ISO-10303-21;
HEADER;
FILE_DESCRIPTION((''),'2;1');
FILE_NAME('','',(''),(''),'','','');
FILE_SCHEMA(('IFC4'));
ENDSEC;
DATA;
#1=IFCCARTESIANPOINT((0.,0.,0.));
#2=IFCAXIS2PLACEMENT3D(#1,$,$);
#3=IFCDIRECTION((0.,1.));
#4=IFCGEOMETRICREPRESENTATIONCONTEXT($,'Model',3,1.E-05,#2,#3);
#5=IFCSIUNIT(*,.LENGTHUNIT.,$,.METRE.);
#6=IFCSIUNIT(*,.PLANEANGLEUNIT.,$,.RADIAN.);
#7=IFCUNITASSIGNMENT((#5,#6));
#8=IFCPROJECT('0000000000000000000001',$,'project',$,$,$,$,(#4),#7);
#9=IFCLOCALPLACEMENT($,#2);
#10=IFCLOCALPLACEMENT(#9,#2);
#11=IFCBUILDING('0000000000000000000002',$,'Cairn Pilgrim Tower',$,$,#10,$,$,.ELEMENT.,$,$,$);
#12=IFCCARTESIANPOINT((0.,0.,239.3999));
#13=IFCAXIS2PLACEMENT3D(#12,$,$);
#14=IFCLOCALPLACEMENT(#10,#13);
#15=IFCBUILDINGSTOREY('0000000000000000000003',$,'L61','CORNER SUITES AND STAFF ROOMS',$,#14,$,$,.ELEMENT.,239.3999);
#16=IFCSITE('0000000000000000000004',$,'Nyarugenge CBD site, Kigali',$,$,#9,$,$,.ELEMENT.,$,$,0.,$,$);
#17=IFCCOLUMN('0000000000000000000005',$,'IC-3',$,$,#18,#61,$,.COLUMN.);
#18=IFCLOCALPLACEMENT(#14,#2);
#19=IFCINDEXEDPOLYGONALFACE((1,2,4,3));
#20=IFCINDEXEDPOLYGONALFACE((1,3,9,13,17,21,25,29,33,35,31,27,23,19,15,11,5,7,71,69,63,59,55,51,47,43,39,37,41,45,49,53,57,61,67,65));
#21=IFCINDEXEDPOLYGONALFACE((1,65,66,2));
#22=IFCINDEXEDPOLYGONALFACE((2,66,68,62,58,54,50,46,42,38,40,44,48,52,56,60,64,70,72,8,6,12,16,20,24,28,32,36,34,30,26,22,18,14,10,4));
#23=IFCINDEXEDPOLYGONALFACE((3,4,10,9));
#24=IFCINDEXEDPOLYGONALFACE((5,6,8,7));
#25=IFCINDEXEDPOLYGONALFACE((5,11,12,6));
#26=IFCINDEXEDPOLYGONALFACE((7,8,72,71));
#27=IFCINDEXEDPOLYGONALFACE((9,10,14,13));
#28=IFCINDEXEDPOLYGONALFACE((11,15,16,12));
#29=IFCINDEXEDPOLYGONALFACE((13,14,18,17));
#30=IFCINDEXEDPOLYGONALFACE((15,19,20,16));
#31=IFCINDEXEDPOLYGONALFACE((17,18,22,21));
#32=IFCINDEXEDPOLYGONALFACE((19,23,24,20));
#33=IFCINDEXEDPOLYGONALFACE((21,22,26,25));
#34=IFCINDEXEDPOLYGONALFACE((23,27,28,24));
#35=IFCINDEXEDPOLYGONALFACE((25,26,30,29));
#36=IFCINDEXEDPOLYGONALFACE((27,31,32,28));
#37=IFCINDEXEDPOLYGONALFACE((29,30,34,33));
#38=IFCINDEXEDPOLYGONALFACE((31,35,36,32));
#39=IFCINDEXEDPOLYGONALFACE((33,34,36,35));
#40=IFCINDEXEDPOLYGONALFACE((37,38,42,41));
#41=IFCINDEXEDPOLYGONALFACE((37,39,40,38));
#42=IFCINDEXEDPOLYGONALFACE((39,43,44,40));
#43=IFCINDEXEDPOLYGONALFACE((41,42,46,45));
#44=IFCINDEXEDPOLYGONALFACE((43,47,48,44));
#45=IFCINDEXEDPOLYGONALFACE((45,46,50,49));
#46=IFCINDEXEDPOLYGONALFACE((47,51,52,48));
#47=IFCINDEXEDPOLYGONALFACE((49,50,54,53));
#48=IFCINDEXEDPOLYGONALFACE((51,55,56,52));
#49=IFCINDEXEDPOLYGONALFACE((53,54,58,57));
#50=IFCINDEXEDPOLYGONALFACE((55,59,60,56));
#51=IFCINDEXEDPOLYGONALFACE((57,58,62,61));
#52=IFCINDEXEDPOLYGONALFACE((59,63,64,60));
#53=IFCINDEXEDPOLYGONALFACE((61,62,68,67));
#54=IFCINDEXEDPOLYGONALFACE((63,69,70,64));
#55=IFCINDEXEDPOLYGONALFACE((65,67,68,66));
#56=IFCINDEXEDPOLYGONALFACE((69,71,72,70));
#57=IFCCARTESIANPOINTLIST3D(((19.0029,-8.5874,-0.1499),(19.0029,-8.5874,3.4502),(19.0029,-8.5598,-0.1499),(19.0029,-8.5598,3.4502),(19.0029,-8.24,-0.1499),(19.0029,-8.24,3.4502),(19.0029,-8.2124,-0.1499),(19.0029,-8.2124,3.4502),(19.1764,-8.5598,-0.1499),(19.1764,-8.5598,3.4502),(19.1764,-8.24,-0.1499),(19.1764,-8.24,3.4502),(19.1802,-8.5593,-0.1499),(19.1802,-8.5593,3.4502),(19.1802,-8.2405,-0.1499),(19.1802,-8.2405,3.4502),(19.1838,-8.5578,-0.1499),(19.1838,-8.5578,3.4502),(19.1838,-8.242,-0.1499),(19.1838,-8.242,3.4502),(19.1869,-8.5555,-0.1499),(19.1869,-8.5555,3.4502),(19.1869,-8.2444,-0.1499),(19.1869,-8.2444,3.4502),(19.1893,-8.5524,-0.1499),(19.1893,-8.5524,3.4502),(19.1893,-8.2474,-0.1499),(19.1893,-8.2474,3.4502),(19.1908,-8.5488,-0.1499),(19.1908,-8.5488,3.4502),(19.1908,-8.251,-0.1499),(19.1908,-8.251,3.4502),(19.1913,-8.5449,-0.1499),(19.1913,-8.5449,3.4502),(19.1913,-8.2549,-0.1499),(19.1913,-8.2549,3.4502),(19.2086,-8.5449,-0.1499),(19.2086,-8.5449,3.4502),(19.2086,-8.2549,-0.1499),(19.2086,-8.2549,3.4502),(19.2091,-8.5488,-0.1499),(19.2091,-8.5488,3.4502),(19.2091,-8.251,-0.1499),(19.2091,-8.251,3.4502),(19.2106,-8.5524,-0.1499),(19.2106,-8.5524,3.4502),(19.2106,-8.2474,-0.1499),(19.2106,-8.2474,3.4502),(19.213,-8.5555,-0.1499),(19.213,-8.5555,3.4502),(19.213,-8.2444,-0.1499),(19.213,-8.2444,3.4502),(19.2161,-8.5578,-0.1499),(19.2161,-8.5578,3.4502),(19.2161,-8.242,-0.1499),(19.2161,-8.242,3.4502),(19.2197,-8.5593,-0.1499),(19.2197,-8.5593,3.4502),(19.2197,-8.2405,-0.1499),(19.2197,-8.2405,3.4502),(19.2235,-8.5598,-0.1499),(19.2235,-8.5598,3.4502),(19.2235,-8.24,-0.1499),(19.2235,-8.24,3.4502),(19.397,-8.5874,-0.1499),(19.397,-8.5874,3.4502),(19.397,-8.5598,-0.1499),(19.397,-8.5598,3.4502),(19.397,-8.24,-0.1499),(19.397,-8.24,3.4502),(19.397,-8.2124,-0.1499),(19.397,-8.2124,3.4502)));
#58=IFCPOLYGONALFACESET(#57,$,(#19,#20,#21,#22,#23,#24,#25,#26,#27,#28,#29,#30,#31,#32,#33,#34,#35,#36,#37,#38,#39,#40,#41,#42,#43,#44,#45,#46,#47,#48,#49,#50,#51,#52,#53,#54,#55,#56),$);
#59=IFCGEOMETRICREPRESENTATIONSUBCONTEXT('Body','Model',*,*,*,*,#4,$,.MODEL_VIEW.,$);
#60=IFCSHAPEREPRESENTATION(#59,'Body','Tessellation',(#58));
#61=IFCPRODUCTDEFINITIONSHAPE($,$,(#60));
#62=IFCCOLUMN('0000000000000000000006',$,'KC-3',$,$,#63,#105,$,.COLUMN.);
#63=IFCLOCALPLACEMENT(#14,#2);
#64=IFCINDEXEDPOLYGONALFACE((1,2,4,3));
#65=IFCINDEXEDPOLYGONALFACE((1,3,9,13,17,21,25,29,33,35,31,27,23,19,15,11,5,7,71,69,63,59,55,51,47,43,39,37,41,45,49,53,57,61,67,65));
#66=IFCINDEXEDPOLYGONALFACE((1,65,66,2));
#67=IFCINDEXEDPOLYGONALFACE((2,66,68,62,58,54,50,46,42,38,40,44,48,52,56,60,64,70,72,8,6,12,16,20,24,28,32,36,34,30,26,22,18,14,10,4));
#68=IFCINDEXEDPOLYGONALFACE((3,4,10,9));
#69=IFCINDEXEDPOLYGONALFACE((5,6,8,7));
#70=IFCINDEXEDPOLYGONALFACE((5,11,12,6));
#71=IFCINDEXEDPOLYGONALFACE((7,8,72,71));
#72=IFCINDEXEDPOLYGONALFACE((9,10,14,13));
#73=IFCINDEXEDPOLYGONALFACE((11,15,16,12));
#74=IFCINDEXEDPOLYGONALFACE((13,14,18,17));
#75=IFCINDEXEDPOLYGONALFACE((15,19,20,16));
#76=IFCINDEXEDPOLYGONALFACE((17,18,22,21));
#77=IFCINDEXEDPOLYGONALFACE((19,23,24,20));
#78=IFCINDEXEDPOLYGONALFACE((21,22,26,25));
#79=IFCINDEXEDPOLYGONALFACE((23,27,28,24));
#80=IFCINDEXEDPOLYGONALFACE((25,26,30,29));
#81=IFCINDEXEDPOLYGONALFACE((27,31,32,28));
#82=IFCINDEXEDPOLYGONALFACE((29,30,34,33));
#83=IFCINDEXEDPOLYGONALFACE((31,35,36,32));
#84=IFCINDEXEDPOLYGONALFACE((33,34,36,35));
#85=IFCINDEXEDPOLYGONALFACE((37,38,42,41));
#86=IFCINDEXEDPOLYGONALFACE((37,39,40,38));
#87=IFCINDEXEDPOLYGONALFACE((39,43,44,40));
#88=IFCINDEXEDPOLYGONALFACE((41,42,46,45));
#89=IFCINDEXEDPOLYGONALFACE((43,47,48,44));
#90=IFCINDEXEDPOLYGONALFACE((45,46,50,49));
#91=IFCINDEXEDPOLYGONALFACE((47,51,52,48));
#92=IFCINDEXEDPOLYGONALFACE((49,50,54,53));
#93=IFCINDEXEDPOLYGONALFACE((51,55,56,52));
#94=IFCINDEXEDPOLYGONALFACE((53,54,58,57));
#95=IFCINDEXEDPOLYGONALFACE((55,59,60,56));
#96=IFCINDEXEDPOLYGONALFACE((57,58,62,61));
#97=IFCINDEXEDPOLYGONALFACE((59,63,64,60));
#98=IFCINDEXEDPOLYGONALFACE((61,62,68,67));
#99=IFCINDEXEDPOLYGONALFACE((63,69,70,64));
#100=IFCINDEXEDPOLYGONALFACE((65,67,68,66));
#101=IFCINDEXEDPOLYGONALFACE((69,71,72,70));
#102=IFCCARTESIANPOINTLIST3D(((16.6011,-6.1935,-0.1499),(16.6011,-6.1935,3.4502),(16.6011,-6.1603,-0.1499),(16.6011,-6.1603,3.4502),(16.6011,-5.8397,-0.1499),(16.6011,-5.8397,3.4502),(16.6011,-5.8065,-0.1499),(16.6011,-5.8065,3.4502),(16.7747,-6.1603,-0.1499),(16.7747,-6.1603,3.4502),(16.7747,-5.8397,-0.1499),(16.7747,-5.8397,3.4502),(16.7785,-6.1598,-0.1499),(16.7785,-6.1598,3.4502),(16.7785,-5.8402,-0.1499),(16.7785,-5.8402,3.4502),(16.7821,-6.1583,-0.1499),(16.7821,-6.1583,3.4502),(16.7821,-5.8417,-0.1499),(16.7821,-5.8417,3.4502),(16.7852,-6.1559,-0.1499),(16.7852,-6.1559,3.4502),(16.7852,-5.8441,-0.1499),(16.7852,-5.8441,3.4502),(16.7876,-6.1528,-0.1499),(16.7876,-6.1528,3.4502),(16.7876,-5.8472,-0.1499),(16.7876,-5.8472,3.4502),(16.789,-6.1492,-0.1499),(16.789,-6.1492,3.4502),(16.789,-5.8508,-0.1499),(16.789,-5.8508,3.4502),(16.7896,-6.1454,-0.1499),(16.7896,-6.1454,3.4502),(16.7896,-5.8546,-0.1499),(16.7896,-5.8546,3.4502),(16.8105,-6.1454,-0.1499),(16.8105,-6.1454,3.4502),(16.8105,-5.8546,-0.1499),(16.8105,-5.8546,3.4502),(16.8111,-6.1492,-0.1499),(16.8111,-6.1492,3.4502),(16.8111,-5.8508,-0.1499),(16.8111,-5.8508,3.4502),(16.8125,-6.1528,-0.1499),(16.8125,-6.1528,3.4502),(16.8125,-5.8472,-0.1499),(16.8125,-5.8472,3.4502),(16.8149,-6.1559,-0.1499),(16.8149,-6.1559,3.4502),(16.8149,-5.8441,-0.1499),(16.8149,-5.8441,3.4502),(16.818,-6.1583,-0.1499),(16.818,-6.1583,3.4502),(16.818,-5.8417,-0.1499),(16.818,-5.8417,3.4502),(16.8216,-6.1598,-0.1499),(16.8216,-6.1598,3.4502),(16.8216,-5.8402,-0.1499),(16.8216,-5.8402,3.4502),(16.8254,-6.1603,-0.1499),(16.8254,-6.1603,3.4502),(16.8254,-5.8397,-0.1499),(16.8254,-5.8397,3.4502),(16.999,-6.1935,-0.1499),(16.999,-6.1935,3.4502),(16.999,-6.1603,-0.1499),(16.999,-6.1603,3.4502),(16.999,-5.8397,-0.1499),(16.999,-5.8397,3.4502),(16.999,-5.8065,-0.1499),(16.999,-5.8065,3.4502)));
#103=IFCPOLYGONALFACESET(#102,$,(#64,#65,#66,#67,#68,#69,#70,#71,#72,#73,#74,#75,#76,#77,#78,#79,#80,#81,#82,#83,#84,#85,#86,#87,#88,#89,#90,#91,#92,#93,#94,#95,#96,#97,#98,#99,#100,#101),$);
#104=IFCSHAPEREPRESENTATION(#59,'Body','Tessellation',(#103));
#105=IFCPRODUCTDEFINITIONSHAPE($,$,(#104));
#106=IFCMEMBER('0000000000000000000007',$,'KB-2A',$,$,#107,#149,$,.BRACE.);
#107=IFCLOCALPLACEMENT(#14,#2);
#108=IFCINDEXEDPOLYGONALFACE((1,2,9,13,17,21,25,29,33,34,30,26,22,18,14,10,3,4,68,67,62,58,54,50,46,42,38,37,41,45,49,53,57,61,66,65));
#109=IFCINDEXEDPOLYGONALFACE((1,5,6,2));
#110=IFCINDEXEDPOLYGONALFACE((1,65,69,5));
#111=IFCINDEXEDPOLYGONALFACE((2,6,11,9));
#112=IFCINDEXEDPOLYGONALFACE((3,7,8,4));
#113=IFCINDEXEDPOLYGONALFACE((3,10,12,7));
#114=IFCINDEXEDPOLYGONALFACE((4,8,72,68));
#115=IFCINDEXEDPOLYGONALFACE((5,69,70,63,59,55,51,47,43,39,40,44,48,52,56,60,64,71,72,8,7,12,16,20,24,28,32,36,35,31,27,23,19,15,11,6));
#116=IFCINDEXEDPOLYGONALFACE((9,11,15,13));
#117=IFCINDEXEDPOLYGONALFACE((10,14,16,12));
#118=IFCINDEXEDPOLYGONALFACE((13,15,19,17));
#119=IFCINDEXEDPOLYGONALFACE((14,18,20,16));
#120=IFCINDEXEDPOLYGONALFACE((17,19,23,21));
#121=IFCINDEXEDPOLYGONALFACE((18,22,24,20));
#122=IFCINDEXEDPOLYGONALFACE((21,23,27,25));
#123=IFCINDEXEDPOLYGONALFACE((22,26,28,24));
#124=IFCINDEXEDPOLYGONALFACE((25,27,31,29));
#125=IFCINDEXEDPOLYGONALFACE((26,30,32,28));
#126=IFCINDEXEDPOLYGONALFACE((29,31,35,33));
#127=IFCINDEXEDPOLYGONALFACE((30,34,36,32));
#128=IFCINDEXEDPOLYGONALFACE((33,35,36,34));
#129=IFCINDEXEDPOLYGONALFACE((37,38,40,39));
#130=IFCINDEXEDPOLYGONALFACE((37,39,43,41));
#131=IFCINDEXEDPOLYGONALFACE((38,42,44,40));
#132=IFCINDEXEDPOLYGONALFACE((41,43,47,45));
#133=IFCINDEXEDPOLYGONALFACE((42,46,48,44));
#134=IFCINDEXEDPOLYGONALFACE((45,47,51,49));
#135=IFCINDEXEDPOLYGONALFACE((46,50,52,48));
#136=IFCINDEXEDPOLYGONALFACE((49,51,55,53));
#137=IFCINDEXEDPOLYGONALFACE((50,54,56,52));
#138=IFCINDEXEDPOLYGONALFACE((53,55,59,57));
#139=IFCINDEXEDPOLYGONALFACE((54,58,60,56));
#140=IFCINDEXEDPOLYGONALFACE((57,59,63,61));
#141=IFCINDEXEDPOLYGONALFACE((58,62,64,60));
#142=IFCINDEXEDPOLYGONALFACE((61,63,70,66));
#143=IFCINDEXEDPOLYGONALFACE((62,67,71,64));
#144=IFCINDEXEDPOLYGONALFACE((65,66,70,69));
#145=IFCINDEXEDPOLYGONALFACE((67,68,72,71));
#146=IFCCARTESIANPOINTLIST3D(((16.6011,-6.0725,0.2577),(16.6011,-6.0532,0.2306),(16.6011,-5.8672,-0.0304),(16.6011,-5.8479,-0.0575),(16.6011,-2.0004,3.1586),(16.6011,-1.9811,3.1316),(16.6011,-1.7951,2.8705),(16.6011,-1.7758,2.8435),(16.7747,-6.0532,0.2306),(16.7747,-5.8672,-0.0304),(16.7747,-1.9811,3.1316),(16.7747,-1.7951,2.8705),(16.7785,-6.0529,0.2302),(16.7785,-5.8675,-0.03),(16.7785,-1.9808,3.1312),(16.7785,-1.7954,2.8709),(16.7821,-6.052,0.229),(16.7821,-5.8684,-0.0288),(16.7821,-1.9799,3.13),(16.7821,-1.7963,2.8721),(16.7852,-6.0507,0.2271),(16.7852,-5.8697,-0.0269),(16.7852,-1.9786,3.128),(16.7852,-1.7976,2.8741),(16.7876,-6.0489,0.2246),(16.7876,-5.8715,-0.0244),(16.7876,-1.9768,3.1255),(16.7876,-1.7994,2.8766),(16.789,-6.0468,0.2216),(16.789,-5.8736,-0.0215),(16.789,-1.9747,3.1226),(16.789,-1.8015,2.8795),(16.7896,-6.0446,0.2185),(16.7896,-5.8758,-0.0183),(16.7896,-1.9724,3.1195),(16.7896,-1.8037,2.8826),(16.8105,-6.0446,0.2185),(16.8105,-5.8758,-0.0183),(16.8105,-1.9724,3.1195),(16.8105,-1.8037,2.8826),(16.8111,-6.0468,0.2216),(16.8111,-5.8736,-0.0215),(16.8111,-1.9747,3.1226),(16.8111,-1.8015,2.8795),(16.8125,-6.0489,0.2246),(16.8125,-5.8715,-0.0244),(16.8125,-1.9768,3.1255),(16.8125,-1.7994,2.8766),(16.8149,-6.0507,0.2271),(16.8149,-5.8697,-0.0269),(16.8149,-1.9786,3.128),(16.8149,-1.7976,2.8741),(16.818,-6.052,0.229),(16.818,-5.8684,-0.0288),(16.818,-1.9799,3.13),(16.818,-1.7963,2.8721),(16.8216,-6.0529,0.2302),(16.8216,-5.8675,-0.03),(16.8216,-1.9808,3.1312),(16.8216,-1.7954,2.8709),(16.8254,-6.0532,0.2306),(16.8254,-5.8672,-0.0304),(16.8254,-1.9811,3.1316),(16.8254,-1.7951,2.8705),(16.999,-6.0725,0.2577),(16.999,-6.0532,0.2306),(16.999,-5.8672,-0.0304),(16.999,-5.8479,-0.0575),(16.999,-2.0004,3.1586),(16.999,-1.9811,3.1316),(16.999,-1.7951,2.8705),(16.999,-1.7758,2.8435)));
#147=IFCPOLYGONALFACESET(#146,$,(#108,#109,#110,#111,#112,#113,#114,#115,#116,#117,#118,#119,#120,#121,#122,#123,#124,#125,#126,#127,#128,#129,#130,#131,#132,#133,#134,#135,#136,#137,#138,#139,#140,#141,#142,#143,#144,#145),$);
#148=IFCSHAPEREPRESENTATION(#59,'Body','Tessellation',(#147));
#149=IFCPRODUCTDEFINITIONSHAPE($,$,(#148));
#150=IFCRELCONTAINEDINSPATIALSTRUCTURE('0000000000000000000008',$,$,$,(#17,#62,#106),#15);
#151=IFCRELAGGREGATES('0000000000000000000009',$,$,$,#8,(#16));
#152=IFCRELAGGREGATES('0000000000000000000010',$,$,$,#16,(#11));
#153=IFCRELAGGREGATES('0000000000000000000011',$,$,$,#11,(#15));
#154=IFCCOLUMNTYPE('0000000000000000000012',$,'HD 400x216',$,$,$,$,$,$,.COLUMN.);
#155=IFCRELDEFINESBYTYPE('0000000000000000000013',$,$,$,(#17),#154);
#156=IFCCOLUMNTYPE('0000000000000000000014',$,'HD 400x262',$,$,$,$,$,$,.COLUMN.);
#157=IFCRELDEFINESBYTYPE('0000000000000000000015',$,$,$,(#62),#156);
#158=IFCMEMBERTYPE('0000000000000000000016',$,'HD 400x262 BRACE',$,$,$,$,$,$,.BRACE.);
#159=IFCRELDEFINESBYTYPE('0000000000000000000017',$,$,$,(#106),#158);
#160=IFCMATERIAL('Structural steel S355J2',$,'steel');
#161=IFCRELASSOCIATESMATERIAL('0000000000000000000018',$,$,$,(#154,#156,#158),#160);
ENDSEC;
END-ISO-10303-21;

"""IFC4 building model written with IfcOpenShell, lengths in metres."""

from ifc_helpers import new_model, si_unit, direction, frame, origin, origin_2d, place, context, subcontext, project, spatial, i_section, extrude, material, material_profile, profile_set, type_object, element, save


model = new_model("IFC4")

# Units and contexts
model_context = context("Model", 3, precision=1e-05, world=origin(), true_north=direction((0.0, 1.0)))
body_context = subcontext(model_context, "Body", "Model", "MODEL_VIEW")
ifc_project = project(units=[si_unit("LENGTHUNIT", "METRE"), si_unit("PLANEANGLEUNIT", "RADIAN")], contexts=[model_context])

# Site, building, storey
site_placement = place(None, origin())
site = spatial("IfcSite", under=ifc_project, at=site_placement, Name="Nyarugenge CBD site, Kigali", CompositionType="ELEMENT", RefElevation=0.0)
building_placement = place(site_placement, origin())
building = spatial("IfcBuilding", under=site, at=building_placement, Name="Cairn Pilgrim Tower", CompositionType="ELEMENT")
storey_placement = place(building_placement, frame((0.0, 0.0, 239.3999)))
storey = spatial("IfcBuildingStorey", under=building, at=storey_placement, Name="L61", Description="CORNER SUITES AND STAFF ROOMS", CompositionType="ELEMENT", Elevation=239.3999)

# Columns
ifc_material_1 = material(Name="Structural steel S355J2", Category="steel")
ifc_material_profile_1 = material_profile(ifc_material_1, i_section(OverallWidth=0.394, OverallDepth=0.375, WebThickness=0.0173, FlangeThickness=0.0276, FilletRadius=0.0149, at=origin_2d()), Name="HD 400x216")
ifc_profile_set_1 = profile_set([ifc_material_profile_1], Name="Structural steel S355J2")
column_type_1 = type_object("IfcColumnType", Name="HD 400x216", PredefinedType="COLUMN", material=ifc_profile_set_1)
column_1_placement = place(storey_placement, frame((19.2, -8.3999, -0.1499), z_axis=(0.0, 0.0, 1.0), x_axis=(1.0, 0.0, 0.0)))
element("IfcColumn", 1, at=column_1_placement, inside=storey, type_object=column_type_1, Name="IC-3", PredefinedType="COLUMN", context=body_context, shape_type="SweptSolid", body=[
    extrude(i_section(OverallWidth=0.394, OverallDepth=0.375, WebThickness=0.0173, FlangeThickness=0.0276, FilletRadius=0.0149, at=origin_2d()), origin(), (0.0, 0.0, 1.0), 3.6001),
])
ifc_material_profile_2 = material_profile(ifc_material_1, i_section(OverallWidth=0.3979, OverallDepth=0.387, WebThickness=0.021, FlangeThickness=0.0332, FilletRadius=0.0149, at=origin_2d()), Name="HD 400x262")
ifc_profile_set_2 = profile_set([ifc_material_profile_2], Name="Structural steel S355J2")
column_type_2 = type_object("IfcColumnType", Name="HD 400x262", PredefinedType="COLUMN", material=ifc_profile_set_2)
column_2_placement = place(storey_placement, frame((16.8, -6.0, -0.1499), z_axis=(0.0, 0.0, 1.0), x_axis=(1.0, 0.0, 0.0)))
element("IfcColumn", 2, at=column_2_placement, inside=storey, type_object=column_type_2, Name="KC-3", PredefinedType="COLUMN", context=body_context, shape_type="SweptSolid", body=[
    extrude(i_section(OverallWidth=0.3979, OverallDepth=0.387, WebThickness=0.021, FlangeThickness=0.0332, FilletRadius=0.0149, at=origin_2d()), origin(), (0.0, 0.0, 1.0), 3.6001),
])

# Member
ifc_material_profile_3 = material_profile(ifc_material_1, i_section(OverallWidth=0.3979, OverallDepth=0.387, WebThickness=0.021, FlangeThickness=0.0332, FilletRadius=0.0149, at=origin_2d()), Name="HD 400x262")
ifc_profile_set_3 = profile_set([ifc_material_profile_3], Name="Structural steel S355J2")
member_type = type_object("IfcMemberType", Name="HD 400x262 BRACE", PredefinedType="BRACE", material=ifc_profile_set_3)
member_placement = place(storey_placement, frame((16.8, -5.9602, 0.1001), z_axis=(0.0, 0.814462, 0.580217), x_axis=(-1.0, 0.0, 0.0)))
element("IfcMember", 3, at=member_placement, inside=storey, type_object=member_type, Name="KB-2A", PredefinedType="BRACE", context=body_context, shape_type="SweptSolid", body=[
    extrude(i_section(OverallWidth=0.3979, OverallDepth=0.387, WebThickness=0.021, FlangeThickness=0.0332, FilletRadius=0.0149, at=origin_2d()), origin(), (0.0, 0.0, 1.0), 4.9998),
])

save(model, "model.ifc")
